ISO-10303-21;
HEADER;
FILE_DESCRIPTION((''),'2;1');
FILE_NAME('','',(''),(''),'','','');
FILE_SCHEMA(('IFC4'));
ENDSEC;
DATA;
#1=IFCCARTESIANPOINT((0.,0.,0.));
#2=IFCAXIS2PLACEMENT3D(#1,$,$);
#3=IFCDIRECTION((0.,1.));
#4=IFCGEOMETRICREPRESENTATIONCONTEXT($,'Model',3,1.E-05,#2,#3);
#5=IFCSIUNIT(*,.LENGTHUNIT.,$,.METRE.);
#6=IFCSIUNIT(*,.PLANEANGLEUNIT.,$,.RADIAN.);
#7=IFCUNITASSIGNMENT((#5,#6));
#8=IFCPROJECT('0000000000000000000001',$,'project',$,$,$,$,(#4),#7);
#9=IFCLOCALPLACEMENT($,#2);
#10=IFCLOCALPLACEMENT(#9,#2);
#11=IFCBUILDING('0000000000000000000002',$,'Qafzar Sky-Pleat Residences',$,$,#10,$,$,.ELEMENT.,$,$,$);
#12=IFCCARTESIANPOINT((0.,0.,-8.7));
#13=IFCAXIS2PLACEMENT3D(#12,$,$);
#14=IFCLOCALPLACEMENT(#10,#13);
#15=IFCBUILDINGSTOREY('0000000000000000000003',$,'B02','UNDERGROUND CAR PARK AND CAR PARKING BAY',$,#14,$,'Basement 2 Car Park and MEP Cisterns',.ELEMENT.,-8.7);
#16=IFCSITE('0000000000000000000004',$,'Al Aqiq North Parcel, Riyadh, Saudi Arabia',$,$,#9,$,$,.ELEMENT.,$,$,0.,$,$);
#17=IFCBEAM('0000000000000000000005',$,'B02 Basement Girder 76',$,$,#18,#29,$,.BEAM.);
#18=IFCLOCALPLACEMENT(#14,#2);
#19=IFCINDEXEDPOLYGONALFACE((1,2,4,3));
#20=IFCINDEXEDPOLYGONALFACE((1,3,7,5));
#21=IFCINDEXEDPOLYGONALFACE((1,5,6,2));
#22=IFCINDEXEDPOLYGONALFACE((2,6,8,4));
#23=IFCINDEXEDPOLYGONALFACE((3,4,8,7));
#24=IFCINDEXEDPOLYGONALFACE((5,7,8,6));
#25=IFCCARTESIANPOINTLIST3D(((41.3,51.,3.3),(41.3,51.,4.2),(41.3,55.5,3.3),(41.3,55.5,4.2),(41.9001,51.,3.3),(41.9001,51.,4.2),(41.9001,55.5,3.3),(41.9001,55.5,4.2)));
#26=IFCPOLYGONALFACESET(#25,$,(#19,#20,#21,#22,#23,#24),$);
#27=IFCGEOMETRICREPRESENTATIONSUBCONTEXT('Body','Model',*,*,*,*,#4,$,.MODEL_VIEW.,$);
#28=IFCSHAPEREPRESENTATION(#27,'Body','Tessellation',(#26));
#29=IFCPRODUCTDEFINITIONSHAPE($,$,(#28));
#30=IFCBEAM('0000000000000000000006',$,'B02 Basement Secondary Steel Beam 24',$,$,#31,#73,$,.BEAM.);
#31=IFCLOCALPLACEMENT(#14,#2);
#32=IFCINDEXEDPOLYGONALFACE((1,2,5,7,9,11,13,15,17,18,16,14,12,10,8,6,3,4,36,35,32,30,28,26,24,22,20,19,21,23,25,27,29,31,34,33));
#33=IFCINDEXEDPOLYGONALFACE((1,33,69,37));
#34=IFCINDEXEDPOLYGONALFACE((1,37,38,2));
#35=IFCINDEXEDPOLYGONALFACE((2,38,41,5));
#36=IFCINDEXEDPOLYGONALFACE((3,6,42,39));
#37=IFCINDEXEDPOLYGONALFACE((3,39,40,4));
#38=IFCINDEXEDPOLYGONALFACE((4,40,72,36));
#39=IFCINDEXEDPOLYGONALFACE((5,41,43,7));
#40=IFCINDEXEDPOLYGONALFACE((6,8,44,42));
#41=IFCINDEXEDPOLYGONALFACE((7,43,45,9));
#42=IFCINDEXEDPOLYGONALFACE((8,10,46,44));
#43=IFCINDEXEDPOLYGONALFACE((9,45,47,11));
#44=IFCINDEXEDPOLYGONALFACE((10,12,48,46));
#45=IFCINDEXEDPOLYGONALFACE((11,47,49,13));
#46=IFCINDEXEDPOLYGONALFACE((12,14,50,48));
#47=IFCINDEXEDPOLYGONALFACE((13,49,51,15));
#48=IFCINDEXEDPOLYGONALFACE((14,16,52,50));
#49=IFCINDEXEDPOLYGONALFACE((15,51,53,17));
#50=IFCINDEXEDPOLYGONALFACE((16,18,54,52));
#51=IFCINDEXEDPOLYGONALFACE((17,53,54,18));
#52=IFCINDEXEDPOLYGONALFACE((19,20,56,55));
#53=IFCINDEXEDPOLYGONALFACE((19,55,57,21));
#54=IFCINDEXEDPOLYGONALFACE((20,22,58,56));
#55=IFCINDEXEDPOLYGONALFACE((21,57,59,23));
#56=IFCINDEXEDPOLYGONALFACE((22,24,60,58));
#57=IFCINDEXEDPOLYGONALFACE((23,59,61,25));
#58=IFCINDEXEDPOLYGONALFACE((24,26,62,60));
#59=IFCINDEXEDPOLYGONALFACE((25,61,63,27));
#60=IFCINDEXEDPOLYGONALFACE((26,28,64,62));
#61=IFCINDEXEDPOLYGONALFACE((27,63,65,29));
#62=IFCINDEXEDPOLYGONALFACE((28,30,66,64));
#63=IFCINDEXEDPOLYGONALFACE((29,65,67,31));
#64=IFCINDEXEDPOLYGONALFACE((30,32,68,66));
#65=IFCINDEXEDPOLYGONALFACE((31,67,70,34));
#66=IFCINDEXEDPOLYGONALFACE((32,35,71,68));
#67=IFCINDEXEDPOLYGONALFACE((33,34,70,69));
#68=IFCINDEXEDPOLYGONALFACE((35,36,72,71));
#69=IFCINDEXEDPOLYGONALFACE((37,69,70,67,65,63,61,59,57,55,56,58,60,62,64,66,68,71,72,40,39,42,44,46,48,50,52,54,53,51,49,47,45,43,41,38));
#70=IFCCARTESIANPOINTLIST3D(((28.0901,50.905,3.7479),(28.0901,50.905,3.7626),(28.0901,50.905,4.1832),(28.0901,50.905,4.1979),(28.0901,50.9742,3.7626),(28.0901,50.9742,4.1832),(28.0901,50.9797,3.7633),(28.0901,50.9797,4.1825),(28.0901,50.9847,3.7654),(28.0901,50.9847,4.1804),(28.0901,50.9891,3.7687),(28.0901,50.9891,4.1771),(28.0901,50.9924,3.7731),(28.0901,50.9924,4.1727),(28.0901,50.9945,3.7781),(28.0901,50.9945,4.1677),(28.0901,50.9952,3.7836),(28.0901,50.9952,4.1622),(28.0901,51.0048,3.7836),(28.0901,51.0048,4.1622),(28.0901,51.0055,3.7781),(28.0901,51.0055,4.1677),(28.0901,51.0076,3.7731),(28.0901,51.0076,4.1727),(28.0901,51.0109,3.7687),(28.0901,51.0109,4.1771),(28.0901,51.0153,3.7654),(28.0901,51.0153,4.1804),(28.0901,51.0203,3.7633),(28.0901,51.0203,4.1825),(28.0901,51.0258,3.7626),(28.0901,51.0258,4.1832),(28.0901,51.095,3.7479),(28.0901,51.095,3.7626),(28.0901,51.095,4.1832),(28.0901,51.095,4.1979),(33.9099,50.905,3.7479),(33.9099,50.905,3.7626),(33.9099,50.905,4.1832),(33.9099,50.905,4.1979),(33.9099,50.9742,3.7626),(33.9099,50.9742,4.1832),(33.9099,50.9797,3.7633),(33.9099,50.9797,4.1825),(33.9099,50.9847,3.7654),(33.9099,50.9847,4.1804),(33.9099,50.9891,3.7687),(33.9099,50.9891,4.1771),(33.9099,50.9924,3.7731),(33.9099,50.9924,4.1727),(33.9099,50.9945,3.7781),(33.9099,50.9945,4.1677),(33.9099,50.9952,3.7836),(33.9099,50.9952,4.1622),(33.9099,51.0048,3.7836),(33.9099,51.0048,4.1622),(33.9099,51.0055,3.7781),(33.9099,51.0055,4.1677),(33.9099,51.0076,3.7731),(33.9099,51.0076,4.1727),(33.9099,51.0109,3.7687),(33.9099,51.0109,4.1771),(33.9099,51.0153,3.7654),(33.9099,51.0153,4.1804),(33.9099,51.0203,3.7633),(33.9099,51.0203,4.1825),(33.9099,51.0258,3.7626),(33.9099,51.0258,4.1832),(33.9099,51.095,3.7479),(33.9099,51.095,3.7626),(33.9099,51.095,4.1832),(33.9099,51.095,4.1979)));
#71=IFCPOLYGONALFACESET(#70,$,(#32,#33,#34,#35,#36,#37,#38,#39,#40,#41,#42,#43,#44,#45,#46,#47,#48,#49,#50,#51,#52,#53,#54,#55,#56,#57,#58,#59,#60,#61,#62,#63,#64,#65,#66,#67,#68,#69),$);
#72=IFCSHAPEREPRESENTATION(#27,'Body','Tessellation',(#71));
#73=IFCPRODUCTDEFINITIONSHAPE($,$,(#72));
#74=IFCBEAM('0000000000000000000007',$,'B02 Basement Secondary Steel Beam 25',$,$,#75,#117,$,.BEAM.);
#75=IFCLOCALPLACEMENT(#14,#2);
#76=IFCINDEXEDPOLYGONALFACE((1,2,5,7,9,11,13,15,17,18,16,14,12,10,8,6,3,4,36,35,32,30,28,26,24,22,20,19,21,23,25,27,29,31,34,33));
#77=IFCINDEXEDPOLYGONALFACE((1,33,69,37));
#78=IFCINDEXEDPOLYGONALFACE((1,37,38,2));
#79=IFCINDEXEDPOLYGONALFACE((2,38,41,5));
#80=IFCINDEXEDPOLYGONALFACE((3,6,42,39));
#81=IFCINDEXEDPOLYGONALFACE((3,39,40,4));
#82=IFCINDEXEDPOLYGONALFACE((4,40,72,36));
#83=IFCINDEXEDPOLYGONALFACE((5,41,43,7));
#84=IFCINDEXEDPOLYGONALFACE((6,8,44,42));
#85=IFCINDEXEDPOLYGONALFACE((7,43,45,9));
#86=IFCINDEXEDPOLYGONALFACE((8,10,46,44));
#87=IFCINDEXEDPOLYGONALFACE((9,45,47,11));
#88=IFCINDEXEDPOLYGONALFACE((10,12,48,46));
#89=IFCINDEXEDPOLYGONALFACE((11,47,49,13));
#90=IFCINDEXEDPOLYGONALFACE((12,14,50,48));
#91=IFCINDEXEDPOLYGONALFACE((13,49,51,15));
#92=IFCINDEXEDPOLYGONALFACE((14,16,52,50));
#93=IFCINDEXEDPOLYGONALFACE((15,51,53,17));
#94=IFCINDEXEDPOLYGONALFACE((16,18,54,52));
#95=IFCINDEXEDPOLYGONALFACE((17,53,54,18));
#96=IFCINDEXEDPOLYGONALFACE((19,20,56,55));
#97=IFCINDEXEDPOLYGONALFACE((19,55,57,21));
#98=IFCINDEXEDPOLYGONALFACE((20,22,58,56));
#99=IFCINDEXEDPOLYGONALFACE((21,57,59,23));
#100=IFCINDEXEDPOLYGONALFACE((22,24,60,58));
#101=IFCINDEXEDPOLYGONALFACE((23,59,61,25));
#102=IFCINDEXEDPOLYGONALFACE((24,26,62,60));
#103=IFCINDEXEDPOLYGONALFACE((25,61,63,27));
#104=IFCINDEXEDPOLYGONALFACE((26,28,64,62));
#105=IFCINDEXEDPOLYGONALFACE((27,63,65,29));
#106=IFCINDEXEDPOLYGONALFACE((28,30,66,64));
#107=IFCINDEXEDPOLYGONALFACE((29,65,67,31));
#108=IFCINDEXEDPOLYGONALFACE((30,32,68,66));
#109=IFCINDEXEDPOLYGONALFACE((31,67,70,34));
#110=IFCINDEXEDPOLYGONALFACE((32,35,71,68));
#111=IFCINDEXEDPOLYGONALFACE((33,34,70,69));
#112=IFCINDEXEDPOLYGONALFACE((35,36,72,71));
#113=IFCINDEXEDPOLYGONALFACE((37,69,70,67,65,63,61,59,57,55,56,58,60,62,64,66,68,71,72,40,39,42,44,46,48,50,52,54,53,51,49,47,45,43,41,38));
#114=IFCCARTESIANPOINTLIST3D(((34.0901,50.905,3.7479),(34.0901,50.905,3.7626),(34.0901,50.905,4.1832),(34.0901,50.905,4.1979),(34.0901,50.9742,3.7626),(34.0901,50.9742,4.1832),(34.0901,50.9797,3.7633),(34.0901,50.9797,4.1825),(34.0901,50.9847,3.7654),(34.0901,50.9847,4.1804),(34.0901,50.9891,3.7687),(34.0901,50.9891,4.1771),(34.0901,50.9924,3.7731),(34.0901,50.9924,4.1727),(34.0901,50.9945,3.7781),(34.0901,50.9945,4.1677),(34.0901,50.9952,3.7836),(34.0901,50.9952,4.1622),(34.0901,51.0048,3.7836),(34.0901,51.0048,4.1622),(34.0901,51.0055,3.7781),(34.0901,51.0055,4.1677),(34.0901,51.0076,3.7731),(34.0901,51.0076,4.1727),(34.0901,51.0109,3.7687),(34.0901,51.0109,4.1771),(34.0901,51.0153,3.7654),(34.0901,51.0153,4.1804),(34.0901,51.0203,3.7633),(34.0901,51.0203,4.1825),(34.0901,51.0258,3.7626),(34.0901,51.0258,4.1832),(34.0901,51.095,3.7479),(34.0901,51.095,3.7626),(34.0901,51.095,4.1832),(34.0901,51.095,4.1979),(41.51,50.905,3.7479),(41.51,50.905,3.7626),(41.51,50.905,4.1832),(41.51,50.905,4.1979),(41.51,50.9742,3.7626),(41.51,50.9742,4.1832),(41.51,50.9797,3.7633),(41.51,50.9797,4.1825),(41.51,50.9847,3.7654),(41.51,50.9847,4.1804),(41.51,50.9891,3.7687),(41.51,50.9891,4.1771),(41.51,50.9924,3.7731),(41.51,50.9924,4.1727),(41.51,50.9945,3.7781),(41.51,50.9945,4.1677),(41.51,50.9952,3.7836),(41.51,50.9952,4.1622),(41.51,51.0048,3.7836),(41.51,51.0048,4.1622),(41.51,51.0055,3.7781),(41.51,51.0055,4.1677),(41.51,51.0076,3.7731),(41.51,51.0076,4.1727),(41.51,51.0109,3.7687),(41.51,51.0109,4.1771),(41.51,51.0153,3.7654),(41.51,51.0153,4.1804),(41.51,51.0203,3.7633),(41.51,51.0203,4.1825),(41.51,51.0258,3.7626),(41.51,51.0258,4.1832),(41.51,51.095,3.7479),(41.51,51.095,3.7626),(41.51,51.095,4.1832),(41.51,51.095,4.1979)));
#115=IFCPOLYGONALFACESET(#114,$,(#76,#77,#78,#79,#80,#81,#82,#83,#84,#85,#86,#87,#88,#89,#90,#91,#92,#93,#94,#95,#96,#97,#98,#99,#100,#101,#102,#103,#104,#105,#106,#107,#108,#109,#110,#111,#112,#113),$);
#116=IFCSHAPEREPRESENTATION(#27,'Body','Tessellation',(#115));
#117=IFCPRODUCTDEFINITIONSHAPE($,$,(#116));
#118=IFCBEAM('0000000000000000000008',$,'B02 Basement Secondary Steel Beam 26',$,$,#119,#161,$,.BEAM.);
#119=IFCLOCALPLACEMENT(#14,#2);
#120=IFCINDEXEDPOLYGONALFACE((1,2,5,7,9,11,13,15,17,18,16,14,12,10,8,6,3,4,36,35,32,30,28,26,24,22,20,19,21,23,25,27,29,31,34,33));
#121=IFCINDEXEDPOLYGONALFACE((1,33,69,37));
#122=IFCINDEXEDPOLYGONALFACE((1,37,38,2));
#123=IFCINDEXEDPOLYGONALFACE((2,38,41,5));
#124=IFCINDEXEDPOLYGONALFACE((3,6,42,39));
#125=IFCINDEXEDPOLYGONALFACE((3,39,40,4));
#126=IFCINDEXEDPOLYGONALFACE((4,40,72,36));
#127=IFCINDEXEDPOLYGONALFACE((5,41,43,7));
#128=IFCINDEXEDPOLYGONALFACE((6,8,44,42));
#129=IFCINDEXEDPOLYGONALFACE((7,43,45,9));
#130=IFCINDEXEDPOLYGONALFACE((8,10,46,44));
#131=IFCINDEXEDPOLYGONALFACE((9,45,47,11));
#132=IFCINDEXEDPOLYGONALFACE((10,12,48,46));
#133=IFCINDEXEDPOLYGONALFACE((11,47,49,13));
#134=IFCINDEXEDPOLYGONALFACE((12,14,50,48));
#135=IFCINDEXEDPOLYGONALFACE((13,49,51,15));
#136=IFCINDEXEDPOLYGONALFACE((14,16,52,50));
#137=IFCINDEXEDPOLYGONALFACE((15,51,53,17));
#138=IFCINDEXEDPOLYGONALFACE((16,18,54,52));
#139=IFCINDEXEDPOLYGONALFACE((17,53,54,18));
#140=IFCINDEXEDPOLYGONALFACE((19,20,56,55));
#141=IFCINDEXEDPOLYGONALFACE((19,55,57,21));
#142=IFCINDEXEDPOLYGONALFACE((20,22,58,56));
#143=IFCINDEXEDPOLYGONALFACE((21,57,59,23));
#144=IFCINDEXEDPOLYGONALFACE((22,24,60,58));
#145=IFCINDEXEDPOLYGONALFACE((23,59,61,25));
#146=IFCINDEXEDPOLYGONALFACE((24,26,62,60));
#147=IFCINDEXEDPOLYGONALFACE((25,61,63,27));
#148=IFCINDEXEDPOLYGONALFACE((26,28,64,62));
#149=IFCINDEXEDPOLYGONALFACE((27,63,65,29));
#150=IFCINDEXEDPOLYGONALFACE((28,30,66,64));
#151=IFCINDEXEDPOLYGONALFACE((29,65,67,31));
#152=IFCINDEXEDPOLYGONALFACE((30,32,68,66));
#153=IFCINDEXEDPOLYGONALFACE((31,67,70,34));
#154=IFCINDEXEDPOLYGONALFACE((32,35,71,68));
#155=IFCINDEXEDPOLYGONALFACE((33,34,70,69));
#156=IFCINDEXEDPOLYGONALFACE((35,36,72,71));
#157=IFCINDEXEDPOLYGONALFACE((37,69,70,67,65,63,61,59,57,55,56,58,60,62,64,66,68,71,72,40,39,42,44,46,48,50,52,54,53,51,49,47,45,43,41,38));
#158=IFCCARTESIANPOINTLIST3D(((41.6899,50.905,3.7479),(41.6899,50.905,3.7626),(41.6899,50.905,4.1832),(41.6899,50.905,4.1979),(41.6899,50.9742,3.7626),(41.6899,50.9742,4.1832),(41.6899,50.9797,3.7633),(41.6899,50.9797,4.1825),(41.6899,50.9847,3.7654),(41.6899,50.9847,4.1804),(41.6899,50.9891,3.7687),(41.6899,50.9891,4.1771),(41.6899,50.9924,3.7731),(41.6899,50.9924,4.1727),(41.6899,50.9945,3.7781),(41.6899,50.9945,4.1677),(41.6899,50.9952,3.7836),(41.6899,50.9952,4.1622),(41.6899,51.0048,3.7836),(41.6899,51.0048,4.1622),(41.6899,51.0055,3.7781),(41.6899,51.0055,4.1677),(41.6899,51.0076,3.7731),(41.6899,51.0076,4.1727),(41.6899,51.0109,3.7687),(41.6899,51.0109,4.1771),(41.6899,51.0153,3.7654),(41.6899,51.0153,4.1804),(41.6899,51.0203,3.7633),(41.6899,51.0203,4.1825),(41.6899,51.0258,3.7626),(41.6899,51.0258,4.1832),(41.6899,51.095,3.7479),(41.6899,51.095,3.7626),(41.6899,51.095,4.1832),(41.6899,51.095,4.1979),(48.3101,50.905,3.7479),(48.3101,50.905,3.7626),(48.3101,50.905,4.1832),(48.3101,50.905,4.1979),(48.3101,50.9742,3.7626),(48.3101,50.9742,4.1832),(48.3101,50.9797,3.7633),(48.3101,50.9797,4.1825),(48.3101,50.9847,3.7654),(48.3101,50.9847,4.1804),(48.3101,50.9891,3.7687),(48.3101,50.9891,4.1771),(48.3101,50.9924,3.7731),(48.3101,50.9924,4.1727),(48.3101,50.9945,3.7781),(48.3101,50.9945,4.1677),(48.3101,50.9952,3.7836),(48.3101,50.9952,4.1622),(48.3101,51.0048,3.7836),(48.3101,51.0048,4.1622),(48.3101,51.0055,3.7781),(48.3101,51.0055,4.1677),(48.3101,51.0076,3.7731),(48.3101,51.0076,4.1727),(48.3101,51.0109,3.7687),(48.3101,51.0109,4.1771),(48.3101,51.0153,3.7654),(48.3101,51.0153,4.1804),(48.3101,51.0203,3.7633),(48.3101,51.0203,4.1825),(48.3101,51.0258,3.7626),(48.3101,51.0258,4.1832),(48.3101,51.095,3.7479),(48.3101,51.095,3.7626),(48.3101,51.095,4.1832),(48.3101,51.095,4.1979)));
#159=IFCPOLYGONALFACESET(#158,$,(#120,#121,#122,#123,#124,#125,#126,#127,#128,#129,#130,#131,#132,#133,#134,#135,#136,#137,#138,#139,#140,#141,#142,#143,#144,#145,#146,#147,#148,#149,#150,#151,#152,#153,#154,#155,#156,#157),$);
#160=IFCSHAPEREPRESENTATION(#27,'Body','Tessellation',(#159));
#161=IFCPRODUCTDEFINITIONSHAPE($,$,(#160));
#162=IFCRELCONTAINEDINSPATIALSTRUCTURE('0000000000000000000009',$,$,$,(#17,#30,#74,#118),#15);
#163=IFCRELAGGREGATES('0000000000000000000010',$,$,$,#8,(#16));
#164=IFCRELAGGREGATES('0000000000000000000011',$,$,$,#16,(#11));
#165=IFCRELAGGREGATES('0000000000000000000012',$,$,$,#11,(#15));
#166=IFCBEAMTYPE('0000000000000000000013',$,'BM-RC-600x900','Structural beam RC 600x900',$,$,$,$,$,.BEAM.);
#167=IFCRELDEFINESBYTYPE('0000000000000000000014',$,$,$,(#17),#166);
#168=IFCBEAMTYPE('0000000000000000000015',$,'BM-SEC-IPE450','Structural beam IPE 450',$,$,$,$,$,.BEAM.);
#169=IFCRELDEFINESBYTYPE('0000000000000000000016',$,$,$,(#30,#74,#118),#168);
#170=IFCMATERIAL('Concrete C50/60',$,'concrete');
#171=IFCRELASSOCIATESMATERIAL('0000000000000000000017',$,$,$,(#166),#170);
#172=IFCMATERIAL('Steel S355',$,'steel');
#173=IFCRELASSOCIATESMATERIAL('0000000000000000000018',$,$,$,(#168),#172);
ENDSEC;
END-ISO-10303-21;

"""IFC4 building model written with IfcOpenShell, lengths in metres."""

from ifc_helpers import new_model, si_unit, direction, frame, origin, origin_2d, place, context, subcontext, project, spatial, rectangle, i_section, extrude, source, transform, mapped, material, material_profile, profile_set, type_object, element, save


model = new_model("IFC4")

# Units and contexts
model_context = context("Model", 3, precision=1e-05, world=origin(), true_north=direction((0.0, 1.0)))
body_context = subcontext(model_context, "Body", "Model", "MODEL_VIEW")
ifc_project = project(units=[si_unit("LENGTHUNIT", "METRE"), si_unit("PLANEANGLEUNIT", "RADIAN")], contexts=[model_context])

# Site, building, storey
site_placement = place(None, origin())
site = spatial("IfcSite", under=ifc_project, at=site_placement, Name="Al Aqiq North Parcel, Riyadh, Saudi Arabia", CompositionType="ELEMENT", RefElevation=0.0)
building_placement = place(site_placement, origin())
building = spatial("IfcBuilding", under=site, at=building_placement, Name="Qafzar Sky-Pleat Residences", CompositionType="ELEMENT")
storey_placement = place(building_placement, frame((0.0, 0.0, -8.7)))
storey = spatial("IfcBuildingStorey", under=building, at=storey_placement, Name="B02", Description="UNDERGROUND CAR PARK AND CAR PARKING BAY", LongName="Basement 2 Car Park and MEP Cisterns", CompositionType="ELEMENT", Elevation=-8.7)

# Shared definitions
ifc_material_1 = material(Name="Concrete C50/60", Category="concrete")

# Beams
ifc_material_profile_1 = material_profile(ifc_material_1, rectangle(XDim=0.6001, YDim=0.8999, at=origin_2d()), Name="RC 600x900")
ifc_profile_set_1 = profile_set([ifc_material_profile_1], Name="Concrete C50/60")
beam_type_1 = type_object("IfcBeamType", Name="BM-RC-600x900", Description="Structural beam RC 600x900", PredefinedType="BEAM", material=ifc_profile_set_1)
shared_shape_1 = source(origin(), body_context, "Body", "SweptSolid", [
    extrude(rectangle(XDim=0.6001, YDim=0.8999, at=origin_2d()), origin(), (0.0, 0.0, 1.0), 4.5),
])
for number, where, z_axis, x_axis, name in (
    (1, (41.6001, 51.0, 3.75), (0.0, 1.0, 0.0), (-1.0, 0.0, 0.0), "B02 Basement Girder 76"),
):
    element("IfcBeam", number, at=place(storey_placement, frame(where, z_axis=z_axis, x_axis=x_axis)), inside=storey, type_object=beam_type_1, Name=name, PredefinedType="BEAM", context=body_context, shape_type="MappedRepresentation", body=[
        mapped(shared_shape_1, transform((0.0, 0.0, 0.0), x_axis=(1.0, 0.0, 0.0), y_axis=(0.0, 1.0, 0.0), z_axis=(0.0, 0.0, 1.0), scale=1.0)),
    ])
ifc_material_2 = material(Name="Steel S355", Category="steel")
ifc_material_profile_2 = material_profile(ifc_material_2, i_section(OverallWidth=0.1899, OverallDepth=0.45, WebThickness=0.0095, FlangeThickness=0.0146, FilletRadius=0.021, at=origin_2d()), Name="IPE 450")
ifc_profile_set_2 = profile_set([ifc_material_profile_2], Name="Steel S355")
beam_type_2 = type_object("IfcBeamType", Name="BM-SEC-IPE450", Description="Structural beam IPE 450", PredefinedType="BEAM", material=ifc_profile_set_2)
shared_shape_2 = source(origin(), body_context, "Body", "SweptSolid", [
    extrude(i_section(OverallWidth=0.1899, OverallDepth=0.45, WebThickness=0.0095, FlangeThickness=0.0146, FilletRadius=0.021, at=origin_2d()), origin(), (0.0, 0.0, 1.0), 5.8198),
])
beam_1_placement = place(storey_placement, frame((28.0901, 51.0, 3.9729), z_axis=(1.0, 0.0, 0.0), x_axis=(0.0, 1.0, 0.0)))
element("IfcBeam", 2, at=beam_1_placement, inside=storey, type_object=beam_type_2, Name="B02 Basement Secondary Steel Beam 24", PredefinedType="BEAM", context=body_context, shape_type="MappedRepresentation", body=[
    mapped(shared_shape_2, transform((0.0, 0.0, 0.0), x_axis=(1.0, 0.0, 0.0), y_axis=(0.0, 1.0, 0.0), z_axis=(0.0, 0.0, 1.0), scale=1.0)),
])
shared_shape_3 = source(origin(), body_context, "Body", "SweptSolid", [
    extrude(i_section(OverallWidth=0.1899, OverallDepth=0.45, WebThickness=0.0095, FlangeThickness=0.0146, FilletRadius=0.021, at=origin_2d()), origin(), (0.0, 0.0, 1.0), 7.4199),
])
beam_2_placement = place(storey_placement, frame((34.0901, 51.0, 3.9729), z_axis=(1.0, 0.0, 0.0), x_axis=(0.0, 1.0, 0.0)))
element("IfcBeam", 3, at=beam_2_placement, inside=storey, type_object=beam_type_2, Name="B02 Basement Secondary Steel Beam 25", PredefinedType="BEAM", context=body_context, shape_type="MappedRepresentation", body=[
    mapped(shared_shape_3, transform((0.0, 0.0, 0.0), x_axis=(1.0, 0.0, 0.0), y_axis=(0.0, 1.0, 0.0), z_axis=(0.0, 0.0, 1.0), scale=1.0)),
])
shared_shape_4 = source(origin(), body_context, "Body", "SweptSolid", [
    extrude(i_section(OverallWidth=0.1899, OverallDepth=0.45, WebThickness=0.0095, FlangeThickness=0.0146, FilletRadius=0.021, at=origin_2d()), origin(), (0.0, 0.0, 1.0), 6.6201),
])
beam_3_placement = place(storey_placement, frame((41.6899, 51.0, 3.9729), z_axis=(1.0, 0.0, 0.0), x_axis=(0.0, 1.0, 0.0)))
element("IfcBeam", 4, at=beam_3_placement, inside=storey, type_object=beam_type_2, Name="B02 Basement Secondary Steel Beam 26", PredefinedType="BEAM", context=body_context, shape_type="MappedRepresentation", body=[
    mapped(shared_shape_4, transform((0.0, 0.0, 0.0), x_axis=(1.0, 0.0, 0.0), y_axis=(0.0, 1.0, 0.0), z_axis=(0.0, 0.0, 1.0), scale=1.0)),
])

save(model, "model.ifc")
